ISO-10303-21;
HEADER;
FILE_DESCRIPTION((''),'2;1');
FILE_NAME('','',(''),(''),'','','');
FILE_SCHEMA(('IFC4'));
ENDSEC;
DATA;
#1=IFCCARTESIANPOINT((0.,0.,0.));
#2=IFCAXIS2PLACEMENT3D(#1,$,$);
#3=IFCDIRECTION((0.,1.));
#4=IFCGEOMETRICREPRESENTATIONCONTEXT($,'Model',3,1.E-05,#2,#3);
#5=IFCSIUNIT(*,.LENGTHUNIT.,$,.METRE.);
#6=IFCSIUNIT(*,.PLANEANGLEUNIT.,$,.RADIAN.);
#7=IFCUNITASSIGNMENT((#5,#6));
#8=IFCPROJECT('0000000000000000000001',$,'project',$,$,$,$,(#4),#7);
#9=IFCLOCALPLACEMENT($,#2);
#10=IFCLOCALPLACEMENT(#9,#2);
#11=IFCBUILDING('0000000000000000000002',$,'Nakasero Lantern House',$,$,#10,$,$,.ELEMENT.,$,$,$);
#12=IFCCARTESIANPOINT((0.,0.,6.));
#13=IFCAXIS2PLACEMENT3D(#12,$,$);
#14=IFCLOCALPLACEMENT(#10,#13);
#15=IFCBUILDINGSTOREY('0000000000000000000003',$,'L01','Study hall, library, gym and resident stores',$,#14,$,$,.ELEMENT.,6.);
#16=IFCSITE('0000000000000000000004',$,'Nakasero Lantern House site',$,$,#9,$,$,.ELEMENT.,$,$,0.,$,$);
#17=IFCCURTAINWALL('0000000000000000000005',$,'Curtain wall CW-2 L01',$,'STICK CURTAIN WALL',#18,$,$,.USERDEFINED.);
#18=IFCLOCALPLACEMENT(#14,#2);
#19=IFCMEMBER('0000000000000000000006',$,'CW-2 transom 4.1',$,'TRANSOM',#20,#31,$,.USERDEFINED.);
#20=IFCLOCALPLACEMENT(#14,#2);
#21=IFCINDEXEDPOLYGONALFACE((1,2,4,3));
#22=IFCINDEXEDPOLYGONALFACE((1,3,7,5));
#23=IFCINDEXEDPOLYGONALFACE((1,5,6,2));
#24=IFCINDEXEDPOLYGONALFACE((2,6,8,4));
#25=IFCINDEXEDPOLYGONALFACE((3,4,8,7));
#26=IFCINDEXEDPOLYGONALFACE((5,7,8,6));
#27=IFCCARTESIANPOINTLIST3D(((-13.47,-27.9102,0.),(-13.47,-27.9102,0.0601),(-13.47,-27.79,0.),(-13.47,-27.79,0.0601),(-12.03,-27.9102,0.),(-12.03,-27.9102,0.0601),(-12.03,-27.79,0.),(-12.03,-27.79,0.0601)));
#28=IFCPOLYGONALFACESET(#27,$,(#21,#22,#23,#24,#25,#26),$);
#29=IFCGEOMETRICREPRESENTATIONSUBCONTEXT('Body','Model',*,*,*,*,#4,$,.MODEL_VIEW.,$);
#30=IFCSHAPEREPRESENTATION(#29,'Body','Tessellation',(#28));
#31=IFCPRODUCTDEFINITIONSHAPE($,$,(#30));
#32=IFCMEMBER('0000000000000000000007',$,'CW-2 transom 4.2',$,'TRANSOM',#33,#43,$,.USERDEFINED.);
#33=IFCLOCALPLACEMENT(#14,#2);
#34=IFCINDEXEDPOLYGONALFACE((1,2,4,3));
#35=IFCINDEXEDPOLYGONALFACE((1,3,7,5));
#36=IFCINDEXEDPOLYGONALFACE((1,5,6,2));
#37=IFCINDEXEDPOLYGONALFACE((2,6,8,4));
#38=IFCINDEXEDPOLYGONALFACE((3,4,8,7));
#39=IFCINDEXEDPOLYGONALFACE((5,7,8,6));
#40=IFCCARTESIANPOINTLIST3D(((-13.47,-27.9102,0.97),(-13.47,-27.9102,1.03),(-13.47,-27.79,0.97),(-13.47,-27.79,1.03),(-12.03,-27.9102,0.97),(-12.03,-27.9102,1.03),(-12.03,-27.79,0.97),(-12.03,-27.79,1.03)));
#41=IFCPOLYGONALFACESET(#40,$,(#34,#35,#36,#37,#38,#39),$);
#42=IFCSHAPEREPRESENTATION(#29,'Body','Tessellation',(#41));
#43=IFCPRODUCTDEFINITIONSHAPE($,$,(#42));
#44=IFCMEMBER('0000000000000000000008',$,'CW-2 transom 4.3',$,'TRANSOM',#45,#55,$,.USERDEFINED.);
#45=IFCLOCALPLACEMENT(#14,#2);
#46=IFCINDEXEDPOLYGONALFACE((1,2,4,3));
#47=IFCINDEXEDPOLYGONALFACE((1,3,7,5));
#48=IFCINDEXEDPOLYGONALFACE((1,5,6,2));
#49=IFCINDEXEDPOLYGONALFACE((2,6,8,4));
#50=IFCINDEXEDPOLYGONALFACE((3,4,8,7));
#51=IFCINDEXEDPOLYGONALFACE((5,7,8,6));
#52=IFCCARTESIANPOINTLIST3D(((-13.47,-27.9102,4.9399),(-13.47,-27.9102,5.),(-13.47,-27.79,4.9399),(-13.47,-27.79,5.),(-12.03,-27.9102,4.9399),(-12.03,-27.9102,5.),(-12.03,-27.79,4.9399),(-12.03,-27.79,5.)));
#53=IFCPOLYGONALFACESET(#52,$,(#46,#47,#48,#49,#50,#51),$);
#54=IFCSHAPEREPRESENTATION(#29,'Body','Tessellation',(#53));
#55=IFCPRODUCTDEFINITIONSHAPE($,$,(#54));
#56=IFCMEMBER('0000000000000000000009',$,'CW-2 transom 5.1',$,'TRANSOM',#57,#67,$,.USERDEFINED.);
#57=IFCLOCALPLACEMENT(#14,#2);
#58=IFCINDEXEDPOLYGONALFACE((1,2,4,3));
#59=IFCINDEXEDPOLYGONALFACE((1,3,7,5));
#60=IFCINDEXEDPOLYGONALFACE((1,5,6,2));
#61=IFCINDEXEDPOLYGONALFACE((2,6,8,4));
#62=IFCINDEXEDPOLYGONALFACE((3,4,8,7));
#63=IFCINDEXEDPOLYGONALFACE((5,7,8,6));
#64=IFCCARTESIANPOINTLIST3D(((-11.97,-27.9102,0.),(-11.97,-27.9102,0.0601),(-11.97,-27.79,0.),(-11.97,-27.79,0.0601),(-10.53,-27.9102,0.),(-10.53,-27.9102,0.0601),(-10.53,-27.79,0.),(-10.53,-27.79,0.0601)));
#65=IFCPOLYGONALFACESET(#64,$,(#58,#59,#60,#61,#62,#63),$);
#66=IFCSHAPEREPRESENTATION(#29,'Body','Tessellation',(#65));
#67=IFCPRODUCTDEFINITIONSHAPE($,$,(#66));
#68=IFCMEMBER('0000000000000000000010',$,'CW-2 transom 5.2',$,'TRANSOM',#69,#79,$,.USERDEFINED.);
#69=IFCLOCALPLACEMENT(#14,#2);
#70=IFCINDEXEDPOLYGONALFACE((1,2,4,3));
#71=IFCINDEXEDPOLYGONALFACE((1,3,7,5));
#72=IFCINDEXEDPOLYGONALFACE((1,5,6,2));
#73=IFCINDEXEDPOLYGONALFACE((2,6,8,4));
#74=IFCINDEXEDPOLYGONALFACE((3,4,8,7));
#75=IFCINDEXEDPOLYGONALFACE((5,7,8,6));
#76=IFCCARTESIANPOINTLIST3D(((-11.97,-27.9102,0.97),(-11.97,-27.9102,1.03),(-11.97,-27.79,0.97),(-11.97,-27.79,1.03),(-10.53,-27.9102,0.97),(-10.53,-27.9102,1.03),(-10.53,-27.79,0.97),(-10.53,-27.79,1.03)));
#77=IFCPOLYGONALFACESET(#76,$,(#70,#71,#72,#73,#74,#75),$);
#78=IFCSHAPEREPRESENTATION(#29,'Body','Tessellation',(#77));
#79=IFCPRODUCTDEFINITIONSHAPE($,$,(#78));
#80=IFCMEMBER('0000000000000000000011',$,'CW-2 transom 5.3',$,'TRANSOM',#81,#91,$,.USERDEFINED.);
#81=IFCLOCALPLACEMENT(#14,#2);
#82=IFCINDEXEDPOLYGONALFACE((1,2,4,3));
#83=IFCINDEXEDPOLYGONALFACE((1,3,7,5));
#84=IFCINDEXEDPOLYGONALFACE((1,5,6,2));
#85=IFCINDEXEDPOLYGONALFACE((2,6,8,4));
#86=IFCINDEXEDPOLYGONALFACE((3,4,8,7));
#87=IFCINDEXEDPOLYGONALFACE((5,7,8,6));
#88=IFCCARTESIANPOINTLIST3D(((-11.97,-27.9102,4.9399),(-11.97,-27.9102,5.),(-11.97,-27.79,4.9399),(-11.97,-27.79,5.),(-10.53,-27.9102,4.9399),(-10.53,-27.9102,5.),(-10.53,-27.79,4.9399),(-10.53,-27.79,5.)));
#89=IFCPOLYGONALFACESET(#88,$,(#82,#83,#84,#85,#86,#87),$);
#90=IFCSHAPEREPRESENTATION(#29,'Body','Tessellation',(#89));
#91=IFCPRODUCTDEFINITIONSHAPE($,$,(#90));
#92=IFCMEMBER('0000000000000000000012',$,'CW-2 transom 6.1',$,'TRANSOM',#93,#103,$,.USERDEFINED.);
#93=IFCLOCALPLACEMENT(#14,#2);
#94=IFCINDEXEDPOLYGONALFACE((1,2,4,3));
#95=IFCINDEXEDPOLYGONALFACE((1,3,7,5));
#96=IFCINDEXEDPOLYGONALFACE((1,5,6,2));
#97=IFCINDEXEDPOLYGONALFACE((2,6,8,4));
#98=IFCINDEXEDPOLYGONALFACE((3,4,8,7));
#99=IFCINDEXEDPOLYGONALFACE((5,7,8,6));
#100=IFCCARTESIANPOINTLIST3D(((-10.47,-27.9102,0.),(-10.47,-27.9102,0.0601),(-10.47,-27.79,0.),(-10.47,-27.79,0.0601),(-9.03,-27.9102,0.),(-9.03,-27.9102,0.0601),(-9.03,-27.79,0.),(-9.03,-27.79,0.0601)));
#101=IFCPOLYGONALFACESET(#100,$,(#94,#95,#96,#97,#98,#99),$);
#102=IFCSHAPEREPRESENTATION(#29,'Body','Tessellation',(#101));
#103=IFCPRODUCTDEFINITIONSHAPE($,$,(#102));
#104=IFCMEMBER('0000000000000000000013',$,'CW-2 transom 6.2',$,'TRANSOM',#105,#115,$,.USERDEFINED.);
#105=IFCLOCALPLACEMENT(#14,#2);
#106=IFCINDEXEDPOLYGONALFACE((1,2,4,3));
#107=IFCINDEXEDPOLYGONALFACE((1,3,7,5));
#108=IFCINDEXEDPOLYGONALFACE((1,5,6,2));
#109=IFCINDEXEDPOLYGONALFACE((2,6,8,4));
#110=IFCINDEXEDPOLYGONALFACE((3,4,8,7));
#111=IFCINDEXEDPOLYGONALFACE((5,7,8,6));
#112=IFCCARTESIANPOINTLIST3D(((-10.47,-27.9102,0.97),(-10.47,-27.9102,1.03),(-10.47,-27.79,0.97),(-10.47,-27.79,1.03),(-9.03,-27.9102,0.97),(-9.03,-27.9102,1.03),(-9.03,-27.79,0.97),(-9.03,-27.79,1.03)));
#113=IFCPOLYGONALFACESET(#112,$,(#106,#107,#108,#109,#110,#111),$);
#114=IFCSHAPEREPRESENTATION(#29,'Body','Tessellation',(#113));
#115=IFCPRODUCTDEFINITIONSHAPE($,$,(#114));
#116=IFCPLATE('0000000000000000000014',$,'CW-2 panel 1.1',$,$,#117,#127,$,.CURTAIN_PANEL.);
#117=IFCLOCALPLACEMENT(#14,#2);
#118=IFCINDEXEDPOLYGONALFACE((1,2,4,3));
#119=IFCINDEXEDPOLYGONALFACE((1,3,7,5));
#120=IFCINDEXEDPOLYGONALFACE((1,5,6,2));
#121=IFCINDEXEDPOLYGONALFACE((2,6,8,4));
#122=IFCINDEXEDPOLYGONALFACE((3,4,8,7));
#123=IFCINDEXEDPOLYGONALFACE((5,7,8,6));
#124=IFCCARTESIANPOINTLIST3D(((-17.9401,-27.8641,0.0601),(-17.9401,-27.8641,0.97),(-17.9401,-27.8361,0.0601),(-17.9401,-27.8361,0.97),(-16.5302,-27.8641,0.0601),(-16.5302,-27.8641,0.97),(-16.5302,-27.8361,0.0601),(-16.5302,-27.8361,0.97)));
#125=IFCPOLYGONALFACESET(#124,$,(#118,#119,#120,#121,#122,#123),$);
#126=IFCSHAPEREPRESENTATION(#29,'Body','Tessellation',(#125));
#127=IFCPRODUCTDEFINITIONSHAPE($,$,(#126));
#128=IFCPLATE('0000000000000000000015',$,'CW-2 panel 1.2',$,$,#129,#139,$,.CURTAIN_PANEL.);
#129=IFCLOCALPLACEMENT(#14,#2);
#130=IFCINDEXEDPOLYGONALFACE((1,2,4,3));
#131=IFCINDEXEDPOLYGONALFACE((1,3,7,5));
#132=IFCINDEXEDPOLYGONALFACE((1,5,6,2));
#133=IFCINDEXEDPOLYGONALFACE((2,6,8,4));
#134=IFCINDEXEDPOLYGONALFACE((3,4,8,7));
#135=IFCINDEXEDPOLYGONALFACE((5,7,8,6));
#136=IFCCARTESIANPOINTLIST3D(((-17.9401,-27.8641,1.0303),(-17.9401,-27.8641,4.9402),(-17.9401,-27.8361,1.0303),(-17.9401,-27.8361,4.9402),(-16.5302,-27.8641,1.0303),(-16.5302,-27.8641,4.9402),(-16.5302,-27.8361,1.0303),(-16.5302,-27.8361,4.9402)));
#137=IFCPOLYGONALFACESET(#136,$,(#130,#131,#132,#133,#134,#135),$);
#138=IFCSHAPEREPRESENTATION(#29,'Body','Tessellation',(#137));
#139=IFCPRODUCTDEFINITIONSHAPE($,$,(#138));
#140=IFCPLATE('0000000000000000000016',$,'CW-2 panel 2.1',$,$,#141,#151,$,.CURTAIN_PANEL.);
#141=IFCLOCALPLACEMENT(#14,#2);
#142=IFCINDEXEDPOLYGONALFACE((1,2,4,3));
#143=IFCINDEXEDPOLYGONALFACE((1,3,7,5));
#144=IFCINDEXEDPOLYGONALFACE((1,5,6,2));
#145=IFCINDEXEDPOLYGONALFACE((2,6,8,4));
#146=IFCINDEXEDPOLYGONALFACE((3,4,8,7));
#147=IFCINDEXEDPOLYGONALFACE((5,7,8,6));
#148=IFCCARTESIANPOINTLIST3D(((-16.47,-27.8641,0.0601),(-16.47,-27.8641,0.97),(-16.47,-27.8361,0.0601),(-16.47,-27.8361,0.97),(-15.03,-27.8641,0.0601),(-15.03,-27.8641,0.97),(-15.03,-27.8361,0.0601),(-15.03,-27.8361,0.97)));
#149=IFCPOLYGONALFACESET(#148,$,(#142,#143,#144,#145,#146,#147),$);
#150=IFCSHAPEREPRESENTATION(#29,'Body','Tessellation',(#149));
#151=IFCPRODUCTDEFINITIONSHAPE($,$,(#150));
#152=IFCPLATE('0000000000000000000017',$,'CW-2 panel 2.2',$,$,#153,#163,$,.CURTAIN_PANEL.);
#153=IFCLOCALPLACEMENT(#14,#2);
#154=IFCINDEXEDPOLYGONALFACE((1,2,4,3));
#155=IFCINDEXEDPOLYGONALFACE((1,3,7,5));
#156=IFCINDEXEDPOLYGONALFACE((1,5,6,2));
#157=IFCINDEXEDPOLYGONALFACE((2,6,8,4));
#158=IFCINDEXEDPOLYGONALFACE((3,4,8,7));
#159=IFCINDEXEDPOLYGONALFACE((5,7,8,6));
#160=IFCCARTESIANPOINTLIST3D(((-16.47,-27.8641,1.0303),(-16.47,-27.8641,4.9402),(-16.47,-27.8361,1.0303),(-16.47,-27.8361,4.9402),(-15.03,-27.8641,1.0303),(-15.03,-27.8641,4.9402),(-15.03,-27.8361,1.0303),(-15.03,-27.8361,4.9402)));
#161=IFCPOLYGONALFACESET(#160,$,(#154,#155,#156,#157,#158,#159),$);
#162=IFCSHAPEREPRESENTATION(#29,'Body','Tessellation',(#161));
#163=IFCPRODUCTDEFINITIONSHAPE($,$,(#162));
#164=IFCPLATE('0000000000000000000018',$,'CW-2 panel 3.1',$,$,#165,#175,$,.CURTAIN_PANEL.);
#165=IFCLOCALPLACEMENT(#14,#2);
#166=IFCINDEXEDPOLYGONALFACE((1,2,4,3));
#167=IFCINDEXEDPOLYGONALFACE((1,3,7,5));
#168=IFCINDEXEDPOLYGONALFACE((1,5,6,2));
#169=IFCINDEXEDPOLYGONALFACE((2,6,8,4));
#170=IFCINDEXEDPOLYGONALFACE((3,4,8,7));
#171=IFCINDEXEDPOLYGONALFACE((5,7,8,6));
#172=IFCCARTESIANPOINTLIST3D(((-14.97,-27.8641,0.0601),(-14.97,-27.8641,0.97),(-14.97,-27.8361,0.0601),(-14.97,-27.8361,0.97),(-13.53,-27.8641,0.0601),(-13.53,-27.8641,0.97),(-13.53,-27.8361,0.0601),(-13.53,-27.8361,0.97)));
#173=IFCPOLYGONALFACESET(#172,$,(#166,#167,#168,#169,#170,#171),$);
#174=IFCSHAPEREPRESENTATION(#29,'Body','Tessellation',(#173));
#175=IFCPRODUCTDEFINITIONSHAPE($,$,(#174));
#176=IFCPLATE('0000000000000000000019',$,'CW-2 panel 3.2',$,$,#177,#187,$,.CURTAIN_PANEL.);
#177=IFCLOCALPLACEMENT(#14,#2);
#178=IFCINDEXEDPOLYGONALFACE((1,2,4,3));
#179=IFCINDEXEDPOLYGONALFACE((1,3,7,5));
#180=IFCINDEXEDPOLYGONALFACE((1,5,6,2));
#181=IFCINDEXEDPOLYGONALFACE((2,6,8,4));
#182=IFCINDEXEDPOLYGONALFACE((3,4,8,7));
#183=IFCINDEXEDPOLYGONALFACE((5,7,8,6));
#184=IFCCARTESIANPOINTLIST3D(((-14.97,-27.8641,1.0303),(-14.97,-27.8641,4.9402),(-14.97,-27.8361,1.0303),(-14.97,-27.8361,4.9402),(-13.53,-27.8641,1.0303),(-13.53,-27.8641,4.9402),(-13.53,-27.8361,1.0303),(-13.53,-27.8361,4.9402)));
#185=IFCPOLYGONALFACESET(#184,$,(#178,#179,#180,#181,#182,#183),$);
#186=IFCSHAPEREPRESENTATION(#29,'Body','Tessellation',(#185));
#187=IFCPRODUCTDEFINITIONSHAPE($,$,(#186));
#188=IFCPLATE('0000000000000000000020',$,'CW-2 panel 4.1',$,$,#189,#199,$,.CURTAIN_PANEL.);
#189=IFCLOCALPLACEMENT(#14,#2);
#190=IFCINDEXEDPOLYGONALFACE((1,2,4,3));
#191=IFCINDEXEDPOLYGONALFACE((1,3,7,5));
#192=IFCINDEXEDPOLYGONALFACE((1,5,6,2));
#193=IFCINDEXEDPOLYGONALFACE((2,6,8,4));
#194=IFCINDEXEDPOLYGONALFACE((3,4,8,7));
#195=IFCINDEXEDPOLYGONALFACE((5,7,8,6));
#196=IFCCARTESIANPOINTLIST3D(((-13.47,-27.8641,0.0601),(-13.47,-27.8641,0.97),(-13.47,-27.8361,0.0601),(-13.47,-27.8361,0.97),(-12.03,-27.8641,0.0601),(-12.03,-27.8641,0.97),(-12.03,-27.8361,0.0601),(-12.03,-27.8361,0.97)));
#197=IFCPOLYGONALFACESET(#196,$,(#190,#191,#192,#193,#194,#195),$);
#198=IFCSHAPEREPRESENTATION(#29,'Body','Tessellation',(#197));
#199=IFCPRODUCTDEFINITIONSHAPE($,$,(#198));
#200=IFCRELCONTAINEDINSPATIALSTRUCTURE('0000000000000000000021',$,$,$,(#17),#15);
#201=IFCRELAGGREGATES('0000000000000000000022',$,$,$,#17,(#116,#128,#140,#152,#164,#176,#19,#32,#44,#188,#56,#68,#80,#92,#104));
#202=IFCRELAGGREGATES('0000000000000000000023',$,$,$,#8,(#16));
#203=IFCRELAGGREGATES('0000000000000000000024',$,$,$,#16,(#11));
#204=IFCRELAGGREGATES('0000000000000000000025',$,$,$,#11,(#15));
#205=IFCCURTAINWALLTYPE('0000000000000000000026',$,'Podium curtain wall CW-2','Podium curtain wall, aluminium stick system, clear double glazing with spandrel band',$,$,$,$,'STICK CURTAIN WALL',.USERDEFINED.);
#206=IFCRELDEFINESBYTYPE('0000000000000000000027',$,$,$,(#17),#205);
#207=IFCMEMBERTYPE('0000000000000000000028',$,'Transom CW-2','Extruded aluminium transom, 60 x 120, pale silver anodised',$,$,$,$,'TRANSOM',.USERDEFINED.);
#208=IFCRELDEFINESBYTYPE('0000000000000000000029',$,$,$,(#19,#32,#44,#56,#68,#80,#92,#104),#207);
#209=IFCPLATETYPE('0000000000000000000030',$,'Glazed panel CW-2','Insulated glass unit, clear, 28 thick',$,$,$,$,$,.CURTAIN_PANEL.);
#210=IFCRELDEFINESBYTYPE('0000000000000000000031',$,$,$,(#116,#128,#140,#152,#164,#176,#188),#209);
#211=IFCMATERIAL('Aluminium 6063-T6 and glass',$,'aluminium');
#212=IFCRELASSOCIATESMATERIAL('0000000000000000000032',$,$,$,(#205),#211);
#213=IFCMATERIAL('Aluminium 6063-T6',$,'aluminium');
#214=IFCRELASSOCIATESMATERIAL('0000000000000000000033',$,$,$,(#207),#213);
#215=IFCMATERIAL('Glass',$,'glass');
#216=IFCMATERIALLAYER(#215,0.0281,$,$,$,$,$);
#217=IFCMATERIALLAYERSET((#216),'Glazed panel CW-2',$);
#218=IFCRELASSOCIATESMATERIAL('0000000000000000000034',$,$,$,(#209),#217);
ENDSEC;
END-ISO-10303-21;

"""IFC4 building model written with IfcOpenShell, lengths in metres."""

from ifc_helpers import new_model, si_unit, direction, frame, origin, origin_2d, place, context, subcontext, project, spatial, rectangle, extrude, material, layer, layer_set, material_profile, profile_set, type_object, element, aggregate, save


model = new_model("IFC4")

# Units and contexts
model_context = context("Model", 3, precision=1e-05, world=origin(), true_north=direction((0.0, 1.0)))
body_context = subcontext(model_context, "Body", "Model", "MODEL_VIEW")
ifc_project = project(units=[si_unit("LENGTHUNIT", "METRE"), si_unit("PLANEANGLEUNIT", "RADIAN")], contexts=[model_context])

# Site, building, storey
site_placement = place(None, origin())
site = spatial("IfcSite", under=ifc_project, at=site_placement, Name="Nakasero Lantern House site", CompositionType="ELEMENT", RefElevation=0.0)
building_placement = place(site_placement, origin())
building = spatial("IfcBuilding", under=site, at=building_placement, Name="Nakasero Lantern House", CompositionType="ELEMENT")
storey_placement = place(building_placement, frame((0.0, 0.0, 6.0)))
storey = spatial("IfcBuildingStorey", under=building, at=storey_placement, Name="L01", Description="Study hall, library, gym and resident stores", CompositionType="ELEMENT", Elevation=6.0)

# Curtain wall, members, plates
ifc_material_1 = material(Name="Aluminium 6063-T6 and glass", Category="aluminium")
curtain_wall_type = type_object("IfcCurtainWallType", Name="Podium curtain wall CW-2", Description="Podium curtain wall, aluminium stick system, clear double glazing with spandrel band", ElementType="STICK CURTAIN WALL", PredefinedType="USERDEFINED", material=ifc_material_1)
curtain_wall_placement = place(storey_placement, origin())
curtain_wall = element("IfcCurtainWall", 1, at=curtain_wall_placement, inside=storey, type_object=curtain_wall_type, Name="Curtain wall CW-2 L01", ObjectType="STICK CURTAIN WALL", PredefinedType="USERDEFINED")
ifc_material_2 = material(Name="Aluminium 6063-T6", Category="aluminium")
ifc_material_profile_1 = material_profile(ifc_material_2, rectangle(XDim=0.0601, YDim=0.1201, at=origin_2d()), Name="CW-2 transom 60x120")
ifc_profile_set_1 = profile_set([ifc_material_profile_1], Name="Aluminium 6063-T6")
member_type_1 = type_object("IfcMemberType", Name="Transom CW-2", Description="Extruded aluminium transom, 60 x 120, pale silver anodised", ElementType="TRANSOM", PredefinedType="USERDEFINED", material=ifc_profile_set_1)
member_1_placement = place(storey_placement, frame((-13.47, -27.8501, 0.03), z_axis=(1.0, 0.0, 0.0), x_axis=(0.0, 0.0, 1.0)))
member_1 = element("IfcMember", 2, at=member_1_placement, type_object=member_type_1, Name="CW-2 transom 4.1", ObjectType="TRANSOM", PredefinedType="USERDEFINED", context=body_context, shape_type="SweptSolid", body=[
    extrude(rectangle(XDim=0.0601, YDim=0.1201, at=origin_2d()), origin(), (0.0, 0.0, 1.0), 1.4399),
])
member_2_placement = place(storey_placement, frame((-13.47, -27.8501, 1.0), z_axis=(1.0, 0.0, 0.0), x_axis=(0.0, 0.0, 1.0)))
member_2 = element("IfcMember", 3, at=member_2_placement, type_object=member_type_1, Name="CW-2 transom 4.2", ObjectType="TRANSOM", PredefinedType="USERDEFINED", context=body_context, shape_type="SweptSolid", body=[
    extrude(rectangle(XDim=0.0601, YDim=0.1201, at=origin_2d()), origin(), (0.0, 0.0, 1.0), 1.4399),
])
member_3_placement = place(storey_placement, frame((-13.47, -27.8501, 4.97), z_axis=(1.0, 0.0, 0.0), x_axis=(0.0, 0.0, 1.0)))
member_3 = element("IfcMember", 4, at=member_3_placement, type_object=member_type_1, Name="CW-2 transom 4.3", ObjectType="TRANSOM", PredefinedType="USERDEFINED", context=body_context, shape_type="SweptSolid", body=[
    extrude(rectangle(XDim=0.0601, YDim=0.1201, at=origin_2d()), origin(), (0.0, 0.0, 1.0), 1.4399),
])
member_4_placement = place(storey_placement, frame((-11.97, -27.8501, 0.03), z_axis=(1.0, 0.0, 0.0), x_axis=(0.0, 0.0, 1.0)))
member_4 = element("IfcMember", 5, at=member_4_placement, type_object=member_type_1, Name="CW-2 transom 5.1", ObjectType="TRANSOM", PredefinedType="USERDEFINED", context=body_context, shape_type="SweptSolid", body=[
    extrude(rectangle(XDim=0.0601, YDim=0.1201, at=origin_2d()), origin(), (0.0, 0.0, 1.0), 1.4399),
])
member_5_placement = place(storey_placement, frame((-11.97, -27.8501, 1.0), z_axis=(1.0, 0.0, 0.0), x_axis=(0.0, 0.0, 1.0)))
member_5 = element("IfcMember", 6, at=member_5_placement, type_object=member_type_1, Name="CW-2 transom 5.2", ObjectType="TRANSOM", PredefinedType="USERDEFINED", context=body_context, shape_type="SweptSolid", body=[
    extrude(rectangle(XDim=0.0601, YDim=0.1201, at=origin_2d()), origin(), (0.0, 0.0, 1.0), 1.4399),
])
member_6_placement = place(storey_placement, frame((-11.97, -27.8501, 4.97), z_axis=(1.0, 0.0, 0.0), x_axis=(0.0, 0.0, 1.0)))
member_6 = element("IfcMember", 7, at=member_6_placement, type_object=member_type_1, Name="CW-2 transom 5.3", ObjectType="TRANSOM", PredefinedType="USERDEFINED", context=body_context, shape_type="SweptSolid", body=[
    extrude(rectangle(XDim=0.0601, YDim=0.1201, at=origin_2d()), origin(), (0.0, 0.0, 1.0), 1.4399),
])
member_7_placement = place(storey_placement, frame((-10.47, -27.8501, 0.03), z_axis=(1.0, 0.0, 0.0), x_axis=(0.0, 0.0, 1.0)))
member_7 = element("IfcMember", 8, at=member_7_placement, type_object=member_type_1, Name="CW-2 transom 6.1", ObjectType="TRANSOM", PredefinedType="USERDEFINED", context=body_context, shape_type="SweptSolid", body=[
    extrude(rectangle(XDim=0.0601, YDim=0.1201, at=origin_2d()), origin(), (0.0, 0.0, 1.0), 1.4399),
])
member_8_placement = place(storey_placement, frame((-10.47, -27.8501, 1.0), z_axis=(1.0, 0.0, 0.0), x_axis=(0.0, 0.0, 1.0)))
member_8 = element("IfcMember", 9, at=member_8_placement, type_object=member_type_1, Name="CW-2 transom 6.2", ObjectType="TRANSOM", PredefinedType="USERDEFINED", context=body_context, shape_type="SweptSolid", body=[
    extrude(rectangle(XDim=0.0601, YDim=0.1201, at=origin_2d()), origin(), (0.0, 0.0, 1.0), 1.4399),
])
ifc_material_3 = material(Name="Glass", Category="glass")
ifc_layer = layer(ifc_material_3, 0.0281)
ifc_layer_set = layer_set([ifc_layer], Name="Glazed panel CW-2")
plate_type = type_object("IfcPlateType", Name="Glazed panel CW-2", Description="Insulated glass unit, clear, 28 thick", PredefinedType="CURTAIN_PANEL", material=ifc_layer_set)
plate_1_placement = place(storey_placement, frame((-17.2351, -27.8501, 0.0601), z_axis=(0.0, 0.0, 1.0), x_axis=(1.0, 0.0, 0.0)))
plate_1 = element("IfcPlate", 10, at=plate_1_placement, type_object=plate_type, Name="CW-2 panel 1.1", PredefinedType="CURTAIN_PANEL", context=body_context, shape_type="SweptSolid", body=[
    extrude(rectangle(XDim=1.4099, YDim=0.0281, at=origin_2d()), origin(), (0.0, 0.0, 1.0), 0.9099),
])
plate_2_placement = place(storey_placement, frame((-17.2351, -27.8501, 1.0303), z_axis=(0.0, 0.0, 1.0), x_axis=(1.0, 0.0, 0.0)))
plate_2 = element("IfcPlate", 11, at=plate_2_placement, type_object=plate_type, Name="CW-2 panel 1.2", PredefinedType="CURTAIN_PANEL", context=body_context, shape_type="SweptSolid", body=[
    extrude(rectangle(XDim=1.4099, YDim=0.0281, at=origin_2d()), origin(), (0.0, 0.0, 1.0), 3.9099),
])
plate_3_placement = place(storey_placement, frame((-15.75, -27.8501, 0.0601), z_axis=(0.0, 0.0, 1.0), x_axis=(1.0, 0.0, 0.0)))
plate_3 = element("IfcPlate", 12, at=plate_3_placement, type_object=plate_type, Name="CW-2 panel 2.1", PredefinedType="CURTAIN_PANEL", context=body_context, shape_type="SweptSolid", body=[
    extrude(rectangle(XDim=1.4399, YDim=0.0281, at=origin_2d()), origin(), (0.0, 0.0, 1.0), 0.9099),
])
plate_4_placement = place(storey_placement, frame((-15.75, -27.8501, 1.0303), z_axis=(0.0, 0.0, 1.0), x_axis=(1.0, 0.0, 0.0)))
plate_4 = element("IfcPlate", 13, at=plate_4_placement, type_object=plate_type, Name="CW-2 panel 2.2", PredefinedType="CURTAIN_PANEL", context=body_context, shape_type="SweptSolid", body=[
    extrude(rectangle(XDim=1.4399, YDim=0.0281, at=origin_2d()), origin(), (0.0, 0.0, 1.0), 3.9099),
])
plate_5_placement = place(storey_placement, frame((-14.25, -27.8501, 0.0601), z_axis=(0.0, 0.0, 1.0), x_axis=(1.0, 0.0, 0.0)))
plate_5 = element("IfcPlate", 14, at=plate_5_placement, type_object=plate_type, Name="CW-2 panel 3.1", PredefinedType="CURTAIN_PANEL", context=body_context, shape_type="SweptSolid", body=[
    extrude(rectangle(XDim=1.4399, YDim=0.0281, at=origin_2d()), origin(), (0.0, 0.0, 1.0), 0.9099),
])
plate_6_placement = place(storey_placement, frame((-14.25, -27.8501, 1.0303), z_axis=(0.0, 0.0, 1.0), x_axis=(1.0, 0.0, 0.0)))
plate_6 = element("IfcPlate", 15, at=plate_6_placement, type_object=plate_type, Name="CW-2 panel 3.2", PredefinedType="CURTAIN_PANEL", context=body_context, shape_type="SweptSolid", body=[
    extrude(rectangle(XDim=1.4399, YDim=0.0281, at=origin_2d()), origin(), (0.0, 0.0, 1.0), 3.9099),
])
plate_7_placement = place(storey_placement, frame((-12.75, -27.8501, 0.0601), z_axis=(0.0, 0.0, 1.0), x_axis=(1.0, 0.0, 0.0)))
plate_7 = element("IfcPlate", 16, at=plate_7_placement, type_object=plate_type, Name="CW-2 panel 4.1", PredefinedType="CURTAIN_PANEL", context=body_context, shape_type="SweptSolid", body=[
    extrude(rectangle(XDim=1.4399, YDim=0.0281, at=origin_2d()), origin(), (0.0, 0.0, 1.0), 0.9099),
])
aggregate(curtain_wall, [plate_1, plate_2, plate_3, plate_4, plate_5, plate_6, member_1, member_2, member_3, plate_7, member_4, member_5, member_6, member_7, member_8])

save(model, "model.ifc")
